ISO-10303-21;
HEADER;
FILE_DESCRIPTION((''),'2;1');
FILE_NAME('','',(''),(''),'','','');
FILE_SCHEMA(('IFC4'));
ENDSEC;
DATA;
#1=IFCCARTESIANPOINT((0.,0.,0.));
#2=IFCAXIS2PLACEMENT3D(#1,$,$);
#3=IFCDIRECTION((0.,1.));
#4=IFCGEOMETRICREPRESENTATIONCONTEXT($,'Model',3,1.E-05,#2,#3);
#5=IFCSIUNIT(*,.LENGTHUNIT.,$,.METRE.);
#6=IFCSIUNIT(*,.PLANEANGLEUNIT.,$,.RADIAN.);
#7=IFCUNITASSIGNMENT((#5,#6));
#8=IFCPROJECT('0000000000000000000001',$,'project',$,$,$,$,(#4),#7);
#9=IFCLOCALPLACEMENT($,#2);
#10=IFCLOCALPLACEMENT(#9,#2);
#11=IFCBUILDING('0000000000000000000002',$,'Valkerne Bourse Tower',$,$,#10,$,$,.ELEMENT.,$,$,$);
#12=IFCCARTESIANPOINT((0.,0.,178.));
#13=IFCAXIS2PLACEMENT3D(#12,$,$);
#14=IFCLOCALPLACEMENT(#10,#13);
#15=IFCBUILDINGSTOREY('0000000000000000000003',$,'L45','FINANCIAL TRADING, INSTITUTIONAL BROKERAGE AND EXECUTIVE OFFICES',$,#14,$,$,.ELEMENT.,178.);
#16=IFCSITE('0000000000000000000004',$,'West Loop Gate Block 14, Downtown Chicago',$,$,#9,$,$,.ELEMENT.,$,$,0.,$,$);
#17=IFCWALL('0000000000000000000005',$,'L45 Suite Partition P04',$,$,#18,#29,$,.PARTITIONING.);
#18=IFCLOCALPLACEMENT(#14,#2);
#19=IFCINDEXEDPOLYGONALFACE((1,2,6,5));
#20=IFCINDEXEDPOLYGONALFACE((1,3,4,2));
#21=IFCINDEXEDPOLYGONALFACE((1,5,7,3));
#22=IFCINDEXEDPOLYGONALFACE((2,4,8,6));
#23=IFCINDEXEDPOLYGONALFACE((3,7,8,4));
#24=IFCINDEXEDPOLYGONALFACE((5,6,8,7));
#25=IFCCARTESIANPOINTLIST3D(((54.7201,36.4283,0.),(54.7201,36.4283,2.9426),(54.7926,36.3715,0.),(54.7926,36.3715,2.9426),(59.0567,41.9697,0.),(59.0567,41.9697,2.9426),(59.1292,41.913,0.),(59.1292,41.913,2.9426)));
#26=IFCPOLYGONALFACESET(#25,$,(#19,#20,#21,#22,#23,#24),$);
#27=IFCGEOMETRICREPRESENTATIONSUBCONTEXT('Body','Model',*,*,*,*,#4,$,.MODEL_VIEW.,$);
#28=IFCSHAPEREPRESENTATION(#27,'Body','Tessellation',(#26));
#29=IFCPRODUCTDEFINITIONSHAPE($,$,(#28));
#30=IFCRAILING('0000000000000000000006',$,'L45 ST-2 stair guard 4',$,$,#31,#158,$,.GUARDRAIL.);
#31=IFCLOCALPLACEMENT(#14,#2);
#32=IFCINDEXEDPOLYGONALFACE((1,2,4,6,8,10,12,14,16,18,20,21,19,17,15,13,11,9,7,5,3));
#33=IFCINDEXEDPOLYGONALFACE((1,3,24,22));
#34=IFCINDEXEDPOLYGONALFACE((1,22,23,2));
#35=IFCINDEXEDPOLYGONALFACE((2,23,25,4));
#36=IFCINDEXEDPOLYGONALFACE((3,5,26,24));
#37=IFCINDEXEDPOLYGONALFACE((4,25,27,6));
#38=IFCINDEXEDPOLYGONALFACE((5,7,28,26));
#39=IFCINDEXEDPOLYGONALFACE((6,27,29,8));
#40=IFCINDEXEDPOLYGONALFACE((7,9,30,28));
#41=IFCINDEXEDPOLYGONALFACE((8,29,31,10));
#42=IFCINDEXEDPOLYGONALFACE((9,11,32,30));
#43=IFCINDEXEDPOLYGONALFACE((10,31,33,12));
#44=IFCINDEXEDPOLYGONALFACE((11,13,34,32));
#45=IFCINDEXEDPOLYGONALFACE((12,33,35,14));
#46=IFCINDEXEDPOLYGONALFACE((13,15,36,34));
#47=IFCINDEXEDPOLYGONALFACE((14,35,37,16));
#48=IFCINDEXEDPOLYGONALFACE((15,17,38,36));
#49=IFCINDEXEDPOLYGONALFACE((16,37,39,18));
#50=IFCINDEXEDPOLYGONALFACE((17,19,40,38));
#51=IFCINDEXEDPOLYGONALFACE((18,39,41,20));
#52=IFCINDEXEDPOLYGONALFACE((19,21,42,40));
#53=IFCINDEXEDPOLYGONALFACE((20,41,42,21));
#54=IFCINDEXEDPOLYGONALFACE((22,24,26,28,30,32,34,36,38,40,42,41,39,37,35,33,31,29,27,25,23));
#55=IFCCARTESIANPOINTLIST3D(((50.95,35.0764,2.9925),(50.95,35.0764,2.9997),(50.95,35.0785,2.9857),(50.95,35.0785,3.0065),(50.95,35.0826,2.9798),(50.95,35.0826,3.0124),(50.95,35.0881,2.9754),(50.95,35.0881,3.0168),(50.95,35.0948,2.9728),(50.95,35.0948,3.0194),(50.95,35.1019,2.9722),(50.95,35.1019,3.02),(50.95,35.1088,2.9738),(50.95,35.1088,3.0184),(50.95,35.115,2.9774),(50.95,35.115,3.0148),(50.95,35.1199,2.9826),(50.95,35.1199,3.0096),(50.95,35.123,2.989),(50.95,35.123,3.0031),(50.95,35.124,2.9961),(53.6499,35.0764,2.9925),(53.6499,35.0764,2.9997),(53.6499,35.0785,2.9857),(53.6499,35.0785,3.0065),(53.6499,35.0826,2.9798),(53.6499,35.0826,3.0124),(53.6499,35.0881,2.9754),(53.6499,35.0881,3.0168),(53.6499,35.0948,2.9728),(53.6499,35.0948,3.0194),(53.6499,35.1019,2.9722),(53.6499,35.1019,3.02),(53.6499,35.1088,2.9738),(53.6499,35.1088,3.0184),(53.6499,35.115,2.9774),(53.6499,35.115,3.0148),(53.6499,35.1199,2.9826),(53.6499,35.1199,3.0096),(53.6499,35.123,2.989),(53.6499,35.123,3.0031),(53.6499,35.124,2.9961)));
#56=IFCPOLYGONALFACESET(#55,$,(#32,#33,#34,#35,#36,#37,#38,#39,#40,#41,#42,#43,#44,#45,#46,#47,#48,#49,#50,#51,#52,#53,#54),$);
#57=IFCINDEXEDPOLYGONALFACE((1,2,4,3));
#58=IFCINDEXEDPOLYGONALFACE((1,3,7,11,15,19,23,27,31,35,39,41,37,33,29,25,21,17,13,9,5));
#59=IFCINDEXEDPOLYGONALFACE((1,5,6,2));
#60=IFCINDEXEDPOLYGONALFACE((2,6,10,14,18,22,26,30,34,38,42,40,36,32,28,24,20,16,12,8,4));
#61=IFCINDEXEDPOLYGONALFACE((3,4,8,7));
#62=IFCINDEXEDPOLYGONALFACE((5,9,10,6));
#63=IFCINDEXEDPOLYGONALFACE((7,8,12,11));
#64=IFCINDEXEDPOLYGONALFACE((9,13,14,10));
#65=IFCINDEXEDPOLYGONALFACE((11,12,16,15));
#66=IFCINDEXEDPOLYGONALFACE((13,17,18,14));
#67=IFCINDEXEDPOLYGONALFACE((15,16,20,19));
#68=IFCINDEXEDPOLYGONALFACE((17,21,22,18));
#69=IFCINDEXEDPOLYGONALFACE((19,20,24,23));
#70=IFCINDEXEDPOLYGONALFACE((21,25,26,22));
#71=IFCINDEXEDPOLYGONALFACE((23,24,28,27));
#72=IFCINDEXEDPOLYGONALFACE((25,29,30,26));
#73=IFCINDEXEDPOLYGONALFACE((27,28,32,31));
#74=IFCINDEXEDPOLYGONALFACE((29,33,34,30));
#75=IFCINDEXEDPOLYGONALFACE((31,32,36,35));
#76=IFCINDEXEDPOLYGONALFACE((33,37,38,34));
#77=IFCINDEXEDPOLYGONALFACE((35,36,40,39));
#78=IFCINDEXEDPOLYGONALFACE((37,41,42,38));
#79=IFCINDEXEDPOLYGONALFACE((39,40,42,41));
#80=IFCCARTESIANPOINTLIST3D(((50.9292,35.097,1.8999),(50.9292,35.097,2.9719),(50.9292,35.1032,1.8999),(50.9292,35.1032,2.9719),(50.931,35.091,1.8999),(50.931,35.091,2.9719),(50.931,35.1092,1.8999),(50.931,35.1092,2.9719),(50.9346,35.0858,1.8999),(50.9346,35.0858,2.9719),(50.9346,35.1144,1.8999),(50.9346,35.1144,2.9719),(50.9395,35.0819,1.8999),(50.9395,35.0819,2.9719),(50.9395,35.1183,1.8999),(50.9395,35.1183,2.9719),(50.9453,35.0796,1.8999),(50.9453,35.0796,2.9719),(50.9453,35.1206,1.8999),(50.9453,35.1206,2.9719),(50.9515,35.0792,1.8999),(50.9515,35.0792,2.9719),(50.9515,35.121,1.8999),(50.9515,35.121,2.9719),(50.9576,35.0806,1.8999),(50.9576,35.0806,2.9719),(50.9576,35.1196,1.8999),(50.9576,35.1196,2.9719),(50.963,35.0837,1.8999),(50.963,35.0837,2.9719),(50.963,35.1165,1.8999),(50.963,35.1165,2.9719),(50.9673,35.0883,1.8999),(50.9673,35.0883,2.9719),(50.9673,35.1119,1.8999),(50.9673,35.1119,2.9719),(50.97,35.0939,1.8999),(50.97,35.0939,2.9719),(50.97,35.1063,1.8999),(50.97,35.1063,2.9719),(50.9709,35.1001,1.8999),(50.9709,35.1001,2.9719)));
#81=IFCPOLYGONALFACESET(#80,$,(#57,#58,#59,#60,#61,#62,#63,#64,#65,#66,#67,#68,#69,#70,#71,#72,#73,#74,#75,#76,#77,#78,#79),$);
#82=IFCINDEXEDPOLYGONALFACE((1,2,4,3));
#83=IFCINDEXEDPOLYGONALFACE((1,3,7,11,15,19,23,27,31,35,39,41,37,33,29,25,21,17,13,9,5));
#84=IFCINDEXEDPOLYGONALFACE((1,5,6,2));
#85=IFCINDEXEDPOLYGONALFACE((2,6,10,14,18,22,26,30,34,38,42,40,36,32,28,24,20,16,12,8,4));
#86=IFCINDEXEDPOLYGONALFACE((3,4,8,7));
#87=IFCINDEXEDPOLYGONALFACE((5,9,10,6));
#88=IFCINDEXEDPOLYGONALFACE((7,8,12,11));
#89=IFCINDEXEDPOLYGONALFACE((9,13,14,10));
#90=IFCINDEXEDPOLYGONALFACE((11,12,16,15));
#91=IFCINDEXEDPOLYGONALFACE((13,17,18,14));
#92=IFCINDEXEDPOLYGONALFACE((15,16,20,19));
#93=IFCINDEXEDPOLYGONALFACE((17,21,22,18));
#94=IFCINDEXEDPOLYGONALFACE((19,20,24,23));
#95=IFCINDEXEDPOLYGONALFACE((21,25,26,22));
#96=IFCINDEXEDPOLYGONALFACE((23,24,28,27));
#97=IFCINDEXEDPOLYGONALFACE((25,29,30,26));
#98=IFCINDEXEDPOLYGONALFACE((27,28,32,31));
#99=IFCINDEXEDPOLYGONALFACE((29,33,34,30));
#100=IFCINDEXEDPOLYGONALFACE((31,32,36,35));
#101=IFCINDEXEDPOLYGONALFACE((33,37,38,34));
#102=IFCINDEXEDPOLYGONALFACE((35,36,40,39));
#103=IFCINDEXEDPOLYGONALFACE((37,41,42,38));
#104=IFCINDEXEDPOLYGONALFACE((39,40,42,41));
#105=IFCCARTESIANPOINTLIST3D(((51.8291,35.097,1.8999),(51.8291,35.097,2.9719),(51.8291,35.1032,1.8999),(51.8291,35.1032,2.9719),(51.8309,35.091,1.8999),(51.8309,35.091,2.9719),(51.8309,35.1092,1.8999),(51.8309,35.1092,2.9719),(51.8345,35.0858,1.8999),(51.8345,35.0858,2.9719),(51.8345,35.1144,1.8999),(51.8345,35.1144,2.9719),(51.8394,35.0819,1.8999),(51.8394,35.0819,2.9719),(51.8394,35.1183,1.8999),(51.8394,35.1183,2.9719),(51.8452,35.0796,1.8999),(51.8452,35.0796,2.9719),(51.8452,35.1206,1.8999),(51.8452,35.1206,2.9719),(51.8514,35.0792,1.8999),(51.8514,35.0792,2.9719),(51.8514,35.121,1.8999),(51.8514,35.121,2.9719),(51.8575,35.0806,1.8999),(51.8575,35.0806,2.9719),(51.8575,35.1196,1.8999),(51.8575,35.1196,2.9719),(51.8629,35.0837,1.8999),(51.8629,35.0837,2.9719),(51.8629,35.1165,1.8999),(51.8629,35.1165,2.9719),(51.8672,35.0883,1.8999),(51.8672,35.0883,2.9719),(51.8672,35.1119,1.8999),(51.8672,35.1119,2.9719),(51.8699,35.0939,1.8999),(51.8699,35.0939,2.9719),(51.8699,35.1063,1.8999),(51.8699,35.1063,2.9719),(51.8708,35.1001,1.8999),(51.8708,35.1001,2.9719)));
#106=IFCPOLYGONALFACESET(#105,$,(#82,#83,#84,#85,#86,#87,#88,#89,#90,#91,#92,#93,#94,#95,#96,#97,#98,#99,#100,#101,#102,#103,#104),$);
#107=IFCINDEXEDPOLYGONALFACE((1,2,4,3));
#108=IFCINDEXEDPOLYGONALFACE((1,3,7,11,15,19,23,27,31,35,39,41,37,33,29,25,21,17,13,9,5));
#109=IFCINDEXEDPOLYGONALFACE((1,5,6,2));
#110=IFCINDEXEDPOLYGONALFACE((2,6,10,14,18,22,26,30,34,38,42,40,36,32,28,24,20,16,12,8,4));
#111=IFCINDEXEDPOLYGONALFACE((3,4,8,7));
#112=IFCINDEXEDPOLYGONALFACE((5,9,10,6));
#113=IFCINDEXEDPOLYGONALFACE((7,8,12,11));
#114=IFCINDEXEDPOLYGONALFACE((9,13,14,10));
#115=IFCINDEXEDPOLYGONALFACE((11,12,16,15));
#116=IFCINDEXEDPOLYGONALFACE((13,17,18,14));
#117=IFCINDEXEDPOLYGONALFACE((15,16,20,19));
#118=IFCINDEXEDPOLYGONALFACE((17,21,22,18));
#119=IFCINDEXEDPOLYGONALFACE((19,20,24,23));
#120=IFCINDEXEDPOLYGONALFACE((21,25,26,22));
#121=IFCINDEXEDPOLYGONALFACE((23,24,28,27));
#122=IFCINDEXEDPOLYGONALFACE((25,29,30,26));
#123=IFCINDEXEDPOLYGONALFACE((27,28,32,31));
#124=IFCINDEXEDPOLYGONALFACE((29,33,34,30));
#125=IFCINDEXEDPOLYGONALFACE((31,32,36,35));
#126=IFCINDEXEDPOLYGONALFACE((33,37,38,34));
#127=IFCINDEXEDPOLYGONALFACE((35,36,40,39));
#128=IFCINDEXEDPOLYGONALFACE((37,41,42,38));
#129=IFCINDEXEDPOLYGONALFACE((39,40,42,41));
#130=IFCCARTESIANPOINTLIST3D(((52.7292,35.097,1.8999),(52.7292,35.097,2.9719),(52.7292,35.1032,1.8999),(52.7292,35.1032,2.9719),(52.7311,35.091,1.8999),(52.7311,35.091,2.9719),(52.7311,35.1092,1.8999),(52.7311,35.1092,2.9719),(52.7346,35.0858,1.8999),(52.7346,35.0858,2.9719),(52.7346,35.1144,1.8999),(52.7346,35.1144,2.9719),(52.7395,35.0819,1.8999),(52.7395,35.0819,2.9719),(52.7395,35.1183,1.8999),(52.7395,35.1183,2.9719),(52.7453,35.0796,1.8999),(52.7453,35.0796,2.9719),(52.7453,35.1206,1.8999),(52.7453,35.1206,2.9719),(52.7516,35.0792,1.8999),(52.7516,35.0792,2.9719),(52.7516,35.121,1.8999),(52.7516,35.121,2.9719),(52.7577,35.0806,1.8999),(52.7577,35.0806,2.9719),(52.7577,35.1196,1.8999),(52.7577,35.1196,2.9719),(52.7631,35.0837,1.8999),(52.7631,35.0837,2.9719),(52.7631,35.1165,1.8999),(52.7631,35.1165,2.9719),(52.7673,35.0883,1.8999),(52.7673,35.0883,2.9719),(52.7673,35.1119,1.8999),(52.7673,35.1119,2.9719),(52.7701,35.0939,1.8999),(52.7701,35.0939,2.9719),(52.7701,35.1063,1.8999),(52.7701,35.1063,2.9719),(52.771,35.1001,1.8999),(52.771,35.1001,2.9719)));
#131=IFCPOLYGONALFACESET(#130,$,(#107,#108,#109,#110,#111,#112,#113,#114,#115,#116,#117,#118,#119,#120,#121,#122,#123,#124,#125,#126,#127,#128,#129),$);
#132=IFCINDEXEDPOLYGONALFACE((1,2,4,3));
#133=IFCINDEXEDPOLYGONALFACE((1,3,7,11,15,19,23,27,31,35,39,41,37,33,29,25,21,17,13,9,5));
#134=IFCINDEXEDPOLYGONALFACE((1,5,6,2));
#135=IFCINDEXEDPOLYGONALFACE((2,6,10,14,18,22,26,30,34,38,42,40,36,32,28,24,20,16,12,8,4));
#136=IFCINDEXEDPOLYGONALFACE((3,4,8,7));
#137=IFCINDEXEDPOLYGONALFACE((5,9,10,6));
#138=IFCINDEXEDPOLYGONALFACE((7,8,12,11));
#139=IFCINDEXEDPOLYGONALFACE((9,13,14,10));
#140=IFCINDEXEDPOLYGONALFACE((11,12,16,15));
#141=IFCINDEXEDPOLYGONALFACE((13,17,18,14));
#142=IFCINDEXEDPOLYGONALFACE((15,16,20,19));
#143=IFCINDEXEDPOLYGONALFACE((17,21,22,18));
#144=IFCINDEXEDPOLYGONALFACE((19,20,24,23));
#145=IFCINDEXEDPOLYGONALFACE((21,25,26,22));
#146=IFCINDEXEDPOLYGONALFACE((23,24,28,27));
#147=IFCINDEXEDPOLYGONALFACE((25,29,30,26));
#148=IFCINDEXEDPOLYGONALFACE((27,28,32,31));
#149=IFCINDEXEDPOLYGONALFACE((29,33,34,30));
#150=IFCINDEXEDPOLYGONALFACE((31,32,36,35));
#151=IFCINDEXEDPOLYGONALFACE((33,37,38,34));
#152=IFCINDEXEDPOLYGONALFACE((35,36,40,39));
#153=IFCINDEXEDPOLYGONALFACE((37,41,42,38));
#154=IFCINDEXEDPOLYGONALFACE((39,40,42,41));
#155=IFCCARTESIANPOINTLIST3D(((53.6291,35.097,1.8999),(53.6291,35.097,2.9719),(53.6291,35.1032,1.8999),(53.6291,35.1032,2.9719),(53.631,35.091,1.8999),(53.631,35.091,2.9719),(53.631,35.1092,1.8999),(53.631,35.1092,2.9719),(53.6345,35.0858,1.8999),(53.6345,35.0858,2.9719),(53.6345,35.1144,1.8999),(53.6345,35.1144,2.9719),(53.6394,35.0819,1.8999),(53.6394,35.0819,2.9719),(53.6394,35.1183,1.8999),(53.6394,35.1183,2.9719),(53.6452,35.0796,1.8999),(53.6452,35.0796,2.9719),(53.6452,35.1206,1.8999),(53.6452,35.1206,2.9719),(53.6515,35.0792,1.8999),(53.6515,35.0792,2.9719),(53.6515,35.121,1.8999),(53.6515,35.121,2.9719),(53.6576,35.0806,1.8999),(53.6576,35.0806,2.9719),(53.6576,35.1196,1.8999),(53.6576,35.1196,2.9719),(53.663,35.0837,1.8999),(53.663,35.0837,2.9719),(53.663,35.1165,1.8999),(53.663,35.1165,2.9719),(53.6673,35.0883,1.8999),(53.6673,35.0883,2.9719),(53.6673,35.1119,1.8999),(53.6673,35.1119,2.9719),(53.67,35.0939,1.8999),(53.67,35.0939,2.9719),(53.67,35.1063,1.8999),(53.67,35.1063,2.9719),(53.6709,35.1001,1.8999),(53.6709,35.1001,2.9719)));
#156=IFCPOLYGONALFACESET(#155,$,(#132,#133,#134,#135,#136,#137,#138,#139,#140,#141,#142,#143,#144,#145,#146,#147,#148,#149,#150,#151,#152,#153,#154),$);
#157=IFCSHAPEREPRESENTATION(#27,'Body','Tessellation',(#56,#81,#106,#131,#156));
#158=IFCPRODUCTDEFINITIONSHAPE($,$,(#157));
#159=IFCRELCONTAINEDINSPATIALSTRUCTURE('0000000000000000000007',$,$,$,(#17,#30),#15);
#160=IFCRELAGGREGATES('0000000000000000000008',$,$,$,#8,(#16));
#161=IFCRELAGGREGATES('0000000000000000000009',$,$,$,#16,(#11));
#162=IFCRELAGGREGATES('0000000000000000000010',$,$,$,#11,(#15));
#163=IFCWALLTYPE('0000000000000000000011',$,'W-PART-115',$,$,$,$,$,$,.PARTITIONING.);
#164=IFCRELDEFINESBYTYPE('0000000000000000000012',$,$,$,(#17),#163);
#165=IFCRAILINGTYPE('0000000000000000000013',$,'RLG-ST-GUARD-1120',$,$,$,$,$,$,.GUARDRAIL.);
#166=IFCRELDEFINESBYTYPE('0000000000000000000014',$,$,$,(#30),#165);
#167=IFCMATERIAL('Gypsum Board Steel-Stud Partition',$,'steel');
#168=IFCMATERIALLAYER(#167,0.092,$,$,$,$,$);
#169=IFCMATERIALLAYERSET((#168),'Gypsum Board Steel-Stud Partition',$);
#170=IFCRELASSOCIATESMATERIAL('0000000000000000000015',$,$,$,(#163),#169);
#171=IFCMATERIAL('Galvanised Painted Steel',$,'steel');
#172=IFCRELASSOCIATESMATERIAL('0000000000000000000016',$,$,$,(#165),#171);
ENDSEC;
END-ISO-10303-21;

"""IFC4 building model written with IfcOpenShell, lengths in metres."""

from ifc_helpers import new_model, si_unit, direction, frame, frame_2d, origin, origin_2d, place, context, subcontext, project, spatial, rectangle, circle, extrude, material, layer, layer_set, type_object, element, save


model = new_model("IFC4")

# Units and contexts
model_context = context("Model", 3, precision=1e-05, world=origin(), true_north=direction((0.0, 1.0)))
body_context = subcontext(model_context, "Body", "Model", "MODEL_VIEW")
ifc_project = project(units=[si_unit("LENGTHUNIT", "METRE"), si_unit("PLANEANGLEUNIT", "RADIAN")], contexts=[model_context])

# Site, building, storey
site_placement = place(None, origin())
site = spatial("IfcSite", under=ifc_project, at=site_placement, Name="West Loop Gate Block 14, Downtown Chicago", CompositionType="ELEMENT", RefElevation=0.0)
building_placement = place(site_placement, origin())
building = spatial("IfcBuilding", under=site, at=building_placement, Name="Valkerne Bourse Tower", CompositionType="ELEMENT")
storey_placement = place(building_placement, frame((0.0, 0.0, 178.0)))
storey = spatial("IfcBuildingStorey", under=building, at=storey_placement, Name="L45", Description="FINANCIAL TRADING, INSTITUTIONAL BROKERAGE AND EXECUTIVE OFFICES", CompositionType="ELEMENT", Elevation=178.0)

# Wall
ifc_material_1 = material(Name="Gypsum Board Steel-Stud Partition", Category="steel")
ifc_layer_1 = layer(ifc_material_1, 0.092)
ifc_layer_set_1 = layer_set([ifc_layer_1], Name="Gypsum Board Steel-Stud Partition")
wall_type_1 = type_object("IfcWallType", Name="W-PART-115", PredefinedType="PARTITIONING", material=ifc_layer_set_1)
wall_1_placement = place(storey_placement, frame((54.7563, 36.3999, 0.0), z_axis=(0.0, 0.0, 1.0), x_axis=(0.616294, 0.787516, 0.0)))
element("IfcWall", 1, at=wall_1_placement, inside=storey, type_object=wall_type_1, Name="L45 Suite Partition P04", PredefinedType="PARTITIONING", context=body_context, shape_type="SweptSolid", body=[
    extrude(rectangle(XDim=7.0366, YDim=0.092, at=frame_2d((3.5183, 0.0))), origin(), (0.0, 0.0, 1.0), 2.9426),
])

# Railing
ifc_material_2 = material(Name="Galvanised Painted Steel", Category="steel")
railing_type_1 = type_object("IfcRailingType", Name="RLG-ST-GUARD-1120", PredefinedType="GUARDRAIL", material=ifc_material_2)
railing_1_placement = place(storey_placement, frame((50.95, 35.1001, 1.8999)))
element("IfcRailing", 2, at=railing_1_placement, inside=storey, type_object=railing_type_1, Name="L45 ST-2 stair guard 4", PredefinedType="GUARDRAIL", context=body_context, shape_type="SweptSolid", body=[
    extrude(circle(Radius=0.0239, at=origin_2d()), frame((0.0, 0.0, 1.0962), z_axis=(1.0, 0.0, 0.0), x_axis=(0.0, 1.0, 0.0)), (0.0, 0.0, 1.0), 2.7),
    extrude(circle(Radius=0.021, at=origin_2d()), origin(), (0.0, 0.0, 1.0), 1.072),
    extrude(circle(Radius=0.021, at=origin_2d()), frame((0.8999, 0.0, 0.0)), (0.0, 0.0, 1.0), 1.072),
    extrude(circle(Radius=0.021, at=origin_2d()), frame((1.8, 0.0, 0.0)), (0.0, 0.0, 1.0), 1.072),
    extrude(circle(Radius=0.021, at=origin_2d()), frame((2.7, 0.0, 0.0)), (0.0, 0.0, 1.0), 1.072),
])

save(model, "model.ifc")
